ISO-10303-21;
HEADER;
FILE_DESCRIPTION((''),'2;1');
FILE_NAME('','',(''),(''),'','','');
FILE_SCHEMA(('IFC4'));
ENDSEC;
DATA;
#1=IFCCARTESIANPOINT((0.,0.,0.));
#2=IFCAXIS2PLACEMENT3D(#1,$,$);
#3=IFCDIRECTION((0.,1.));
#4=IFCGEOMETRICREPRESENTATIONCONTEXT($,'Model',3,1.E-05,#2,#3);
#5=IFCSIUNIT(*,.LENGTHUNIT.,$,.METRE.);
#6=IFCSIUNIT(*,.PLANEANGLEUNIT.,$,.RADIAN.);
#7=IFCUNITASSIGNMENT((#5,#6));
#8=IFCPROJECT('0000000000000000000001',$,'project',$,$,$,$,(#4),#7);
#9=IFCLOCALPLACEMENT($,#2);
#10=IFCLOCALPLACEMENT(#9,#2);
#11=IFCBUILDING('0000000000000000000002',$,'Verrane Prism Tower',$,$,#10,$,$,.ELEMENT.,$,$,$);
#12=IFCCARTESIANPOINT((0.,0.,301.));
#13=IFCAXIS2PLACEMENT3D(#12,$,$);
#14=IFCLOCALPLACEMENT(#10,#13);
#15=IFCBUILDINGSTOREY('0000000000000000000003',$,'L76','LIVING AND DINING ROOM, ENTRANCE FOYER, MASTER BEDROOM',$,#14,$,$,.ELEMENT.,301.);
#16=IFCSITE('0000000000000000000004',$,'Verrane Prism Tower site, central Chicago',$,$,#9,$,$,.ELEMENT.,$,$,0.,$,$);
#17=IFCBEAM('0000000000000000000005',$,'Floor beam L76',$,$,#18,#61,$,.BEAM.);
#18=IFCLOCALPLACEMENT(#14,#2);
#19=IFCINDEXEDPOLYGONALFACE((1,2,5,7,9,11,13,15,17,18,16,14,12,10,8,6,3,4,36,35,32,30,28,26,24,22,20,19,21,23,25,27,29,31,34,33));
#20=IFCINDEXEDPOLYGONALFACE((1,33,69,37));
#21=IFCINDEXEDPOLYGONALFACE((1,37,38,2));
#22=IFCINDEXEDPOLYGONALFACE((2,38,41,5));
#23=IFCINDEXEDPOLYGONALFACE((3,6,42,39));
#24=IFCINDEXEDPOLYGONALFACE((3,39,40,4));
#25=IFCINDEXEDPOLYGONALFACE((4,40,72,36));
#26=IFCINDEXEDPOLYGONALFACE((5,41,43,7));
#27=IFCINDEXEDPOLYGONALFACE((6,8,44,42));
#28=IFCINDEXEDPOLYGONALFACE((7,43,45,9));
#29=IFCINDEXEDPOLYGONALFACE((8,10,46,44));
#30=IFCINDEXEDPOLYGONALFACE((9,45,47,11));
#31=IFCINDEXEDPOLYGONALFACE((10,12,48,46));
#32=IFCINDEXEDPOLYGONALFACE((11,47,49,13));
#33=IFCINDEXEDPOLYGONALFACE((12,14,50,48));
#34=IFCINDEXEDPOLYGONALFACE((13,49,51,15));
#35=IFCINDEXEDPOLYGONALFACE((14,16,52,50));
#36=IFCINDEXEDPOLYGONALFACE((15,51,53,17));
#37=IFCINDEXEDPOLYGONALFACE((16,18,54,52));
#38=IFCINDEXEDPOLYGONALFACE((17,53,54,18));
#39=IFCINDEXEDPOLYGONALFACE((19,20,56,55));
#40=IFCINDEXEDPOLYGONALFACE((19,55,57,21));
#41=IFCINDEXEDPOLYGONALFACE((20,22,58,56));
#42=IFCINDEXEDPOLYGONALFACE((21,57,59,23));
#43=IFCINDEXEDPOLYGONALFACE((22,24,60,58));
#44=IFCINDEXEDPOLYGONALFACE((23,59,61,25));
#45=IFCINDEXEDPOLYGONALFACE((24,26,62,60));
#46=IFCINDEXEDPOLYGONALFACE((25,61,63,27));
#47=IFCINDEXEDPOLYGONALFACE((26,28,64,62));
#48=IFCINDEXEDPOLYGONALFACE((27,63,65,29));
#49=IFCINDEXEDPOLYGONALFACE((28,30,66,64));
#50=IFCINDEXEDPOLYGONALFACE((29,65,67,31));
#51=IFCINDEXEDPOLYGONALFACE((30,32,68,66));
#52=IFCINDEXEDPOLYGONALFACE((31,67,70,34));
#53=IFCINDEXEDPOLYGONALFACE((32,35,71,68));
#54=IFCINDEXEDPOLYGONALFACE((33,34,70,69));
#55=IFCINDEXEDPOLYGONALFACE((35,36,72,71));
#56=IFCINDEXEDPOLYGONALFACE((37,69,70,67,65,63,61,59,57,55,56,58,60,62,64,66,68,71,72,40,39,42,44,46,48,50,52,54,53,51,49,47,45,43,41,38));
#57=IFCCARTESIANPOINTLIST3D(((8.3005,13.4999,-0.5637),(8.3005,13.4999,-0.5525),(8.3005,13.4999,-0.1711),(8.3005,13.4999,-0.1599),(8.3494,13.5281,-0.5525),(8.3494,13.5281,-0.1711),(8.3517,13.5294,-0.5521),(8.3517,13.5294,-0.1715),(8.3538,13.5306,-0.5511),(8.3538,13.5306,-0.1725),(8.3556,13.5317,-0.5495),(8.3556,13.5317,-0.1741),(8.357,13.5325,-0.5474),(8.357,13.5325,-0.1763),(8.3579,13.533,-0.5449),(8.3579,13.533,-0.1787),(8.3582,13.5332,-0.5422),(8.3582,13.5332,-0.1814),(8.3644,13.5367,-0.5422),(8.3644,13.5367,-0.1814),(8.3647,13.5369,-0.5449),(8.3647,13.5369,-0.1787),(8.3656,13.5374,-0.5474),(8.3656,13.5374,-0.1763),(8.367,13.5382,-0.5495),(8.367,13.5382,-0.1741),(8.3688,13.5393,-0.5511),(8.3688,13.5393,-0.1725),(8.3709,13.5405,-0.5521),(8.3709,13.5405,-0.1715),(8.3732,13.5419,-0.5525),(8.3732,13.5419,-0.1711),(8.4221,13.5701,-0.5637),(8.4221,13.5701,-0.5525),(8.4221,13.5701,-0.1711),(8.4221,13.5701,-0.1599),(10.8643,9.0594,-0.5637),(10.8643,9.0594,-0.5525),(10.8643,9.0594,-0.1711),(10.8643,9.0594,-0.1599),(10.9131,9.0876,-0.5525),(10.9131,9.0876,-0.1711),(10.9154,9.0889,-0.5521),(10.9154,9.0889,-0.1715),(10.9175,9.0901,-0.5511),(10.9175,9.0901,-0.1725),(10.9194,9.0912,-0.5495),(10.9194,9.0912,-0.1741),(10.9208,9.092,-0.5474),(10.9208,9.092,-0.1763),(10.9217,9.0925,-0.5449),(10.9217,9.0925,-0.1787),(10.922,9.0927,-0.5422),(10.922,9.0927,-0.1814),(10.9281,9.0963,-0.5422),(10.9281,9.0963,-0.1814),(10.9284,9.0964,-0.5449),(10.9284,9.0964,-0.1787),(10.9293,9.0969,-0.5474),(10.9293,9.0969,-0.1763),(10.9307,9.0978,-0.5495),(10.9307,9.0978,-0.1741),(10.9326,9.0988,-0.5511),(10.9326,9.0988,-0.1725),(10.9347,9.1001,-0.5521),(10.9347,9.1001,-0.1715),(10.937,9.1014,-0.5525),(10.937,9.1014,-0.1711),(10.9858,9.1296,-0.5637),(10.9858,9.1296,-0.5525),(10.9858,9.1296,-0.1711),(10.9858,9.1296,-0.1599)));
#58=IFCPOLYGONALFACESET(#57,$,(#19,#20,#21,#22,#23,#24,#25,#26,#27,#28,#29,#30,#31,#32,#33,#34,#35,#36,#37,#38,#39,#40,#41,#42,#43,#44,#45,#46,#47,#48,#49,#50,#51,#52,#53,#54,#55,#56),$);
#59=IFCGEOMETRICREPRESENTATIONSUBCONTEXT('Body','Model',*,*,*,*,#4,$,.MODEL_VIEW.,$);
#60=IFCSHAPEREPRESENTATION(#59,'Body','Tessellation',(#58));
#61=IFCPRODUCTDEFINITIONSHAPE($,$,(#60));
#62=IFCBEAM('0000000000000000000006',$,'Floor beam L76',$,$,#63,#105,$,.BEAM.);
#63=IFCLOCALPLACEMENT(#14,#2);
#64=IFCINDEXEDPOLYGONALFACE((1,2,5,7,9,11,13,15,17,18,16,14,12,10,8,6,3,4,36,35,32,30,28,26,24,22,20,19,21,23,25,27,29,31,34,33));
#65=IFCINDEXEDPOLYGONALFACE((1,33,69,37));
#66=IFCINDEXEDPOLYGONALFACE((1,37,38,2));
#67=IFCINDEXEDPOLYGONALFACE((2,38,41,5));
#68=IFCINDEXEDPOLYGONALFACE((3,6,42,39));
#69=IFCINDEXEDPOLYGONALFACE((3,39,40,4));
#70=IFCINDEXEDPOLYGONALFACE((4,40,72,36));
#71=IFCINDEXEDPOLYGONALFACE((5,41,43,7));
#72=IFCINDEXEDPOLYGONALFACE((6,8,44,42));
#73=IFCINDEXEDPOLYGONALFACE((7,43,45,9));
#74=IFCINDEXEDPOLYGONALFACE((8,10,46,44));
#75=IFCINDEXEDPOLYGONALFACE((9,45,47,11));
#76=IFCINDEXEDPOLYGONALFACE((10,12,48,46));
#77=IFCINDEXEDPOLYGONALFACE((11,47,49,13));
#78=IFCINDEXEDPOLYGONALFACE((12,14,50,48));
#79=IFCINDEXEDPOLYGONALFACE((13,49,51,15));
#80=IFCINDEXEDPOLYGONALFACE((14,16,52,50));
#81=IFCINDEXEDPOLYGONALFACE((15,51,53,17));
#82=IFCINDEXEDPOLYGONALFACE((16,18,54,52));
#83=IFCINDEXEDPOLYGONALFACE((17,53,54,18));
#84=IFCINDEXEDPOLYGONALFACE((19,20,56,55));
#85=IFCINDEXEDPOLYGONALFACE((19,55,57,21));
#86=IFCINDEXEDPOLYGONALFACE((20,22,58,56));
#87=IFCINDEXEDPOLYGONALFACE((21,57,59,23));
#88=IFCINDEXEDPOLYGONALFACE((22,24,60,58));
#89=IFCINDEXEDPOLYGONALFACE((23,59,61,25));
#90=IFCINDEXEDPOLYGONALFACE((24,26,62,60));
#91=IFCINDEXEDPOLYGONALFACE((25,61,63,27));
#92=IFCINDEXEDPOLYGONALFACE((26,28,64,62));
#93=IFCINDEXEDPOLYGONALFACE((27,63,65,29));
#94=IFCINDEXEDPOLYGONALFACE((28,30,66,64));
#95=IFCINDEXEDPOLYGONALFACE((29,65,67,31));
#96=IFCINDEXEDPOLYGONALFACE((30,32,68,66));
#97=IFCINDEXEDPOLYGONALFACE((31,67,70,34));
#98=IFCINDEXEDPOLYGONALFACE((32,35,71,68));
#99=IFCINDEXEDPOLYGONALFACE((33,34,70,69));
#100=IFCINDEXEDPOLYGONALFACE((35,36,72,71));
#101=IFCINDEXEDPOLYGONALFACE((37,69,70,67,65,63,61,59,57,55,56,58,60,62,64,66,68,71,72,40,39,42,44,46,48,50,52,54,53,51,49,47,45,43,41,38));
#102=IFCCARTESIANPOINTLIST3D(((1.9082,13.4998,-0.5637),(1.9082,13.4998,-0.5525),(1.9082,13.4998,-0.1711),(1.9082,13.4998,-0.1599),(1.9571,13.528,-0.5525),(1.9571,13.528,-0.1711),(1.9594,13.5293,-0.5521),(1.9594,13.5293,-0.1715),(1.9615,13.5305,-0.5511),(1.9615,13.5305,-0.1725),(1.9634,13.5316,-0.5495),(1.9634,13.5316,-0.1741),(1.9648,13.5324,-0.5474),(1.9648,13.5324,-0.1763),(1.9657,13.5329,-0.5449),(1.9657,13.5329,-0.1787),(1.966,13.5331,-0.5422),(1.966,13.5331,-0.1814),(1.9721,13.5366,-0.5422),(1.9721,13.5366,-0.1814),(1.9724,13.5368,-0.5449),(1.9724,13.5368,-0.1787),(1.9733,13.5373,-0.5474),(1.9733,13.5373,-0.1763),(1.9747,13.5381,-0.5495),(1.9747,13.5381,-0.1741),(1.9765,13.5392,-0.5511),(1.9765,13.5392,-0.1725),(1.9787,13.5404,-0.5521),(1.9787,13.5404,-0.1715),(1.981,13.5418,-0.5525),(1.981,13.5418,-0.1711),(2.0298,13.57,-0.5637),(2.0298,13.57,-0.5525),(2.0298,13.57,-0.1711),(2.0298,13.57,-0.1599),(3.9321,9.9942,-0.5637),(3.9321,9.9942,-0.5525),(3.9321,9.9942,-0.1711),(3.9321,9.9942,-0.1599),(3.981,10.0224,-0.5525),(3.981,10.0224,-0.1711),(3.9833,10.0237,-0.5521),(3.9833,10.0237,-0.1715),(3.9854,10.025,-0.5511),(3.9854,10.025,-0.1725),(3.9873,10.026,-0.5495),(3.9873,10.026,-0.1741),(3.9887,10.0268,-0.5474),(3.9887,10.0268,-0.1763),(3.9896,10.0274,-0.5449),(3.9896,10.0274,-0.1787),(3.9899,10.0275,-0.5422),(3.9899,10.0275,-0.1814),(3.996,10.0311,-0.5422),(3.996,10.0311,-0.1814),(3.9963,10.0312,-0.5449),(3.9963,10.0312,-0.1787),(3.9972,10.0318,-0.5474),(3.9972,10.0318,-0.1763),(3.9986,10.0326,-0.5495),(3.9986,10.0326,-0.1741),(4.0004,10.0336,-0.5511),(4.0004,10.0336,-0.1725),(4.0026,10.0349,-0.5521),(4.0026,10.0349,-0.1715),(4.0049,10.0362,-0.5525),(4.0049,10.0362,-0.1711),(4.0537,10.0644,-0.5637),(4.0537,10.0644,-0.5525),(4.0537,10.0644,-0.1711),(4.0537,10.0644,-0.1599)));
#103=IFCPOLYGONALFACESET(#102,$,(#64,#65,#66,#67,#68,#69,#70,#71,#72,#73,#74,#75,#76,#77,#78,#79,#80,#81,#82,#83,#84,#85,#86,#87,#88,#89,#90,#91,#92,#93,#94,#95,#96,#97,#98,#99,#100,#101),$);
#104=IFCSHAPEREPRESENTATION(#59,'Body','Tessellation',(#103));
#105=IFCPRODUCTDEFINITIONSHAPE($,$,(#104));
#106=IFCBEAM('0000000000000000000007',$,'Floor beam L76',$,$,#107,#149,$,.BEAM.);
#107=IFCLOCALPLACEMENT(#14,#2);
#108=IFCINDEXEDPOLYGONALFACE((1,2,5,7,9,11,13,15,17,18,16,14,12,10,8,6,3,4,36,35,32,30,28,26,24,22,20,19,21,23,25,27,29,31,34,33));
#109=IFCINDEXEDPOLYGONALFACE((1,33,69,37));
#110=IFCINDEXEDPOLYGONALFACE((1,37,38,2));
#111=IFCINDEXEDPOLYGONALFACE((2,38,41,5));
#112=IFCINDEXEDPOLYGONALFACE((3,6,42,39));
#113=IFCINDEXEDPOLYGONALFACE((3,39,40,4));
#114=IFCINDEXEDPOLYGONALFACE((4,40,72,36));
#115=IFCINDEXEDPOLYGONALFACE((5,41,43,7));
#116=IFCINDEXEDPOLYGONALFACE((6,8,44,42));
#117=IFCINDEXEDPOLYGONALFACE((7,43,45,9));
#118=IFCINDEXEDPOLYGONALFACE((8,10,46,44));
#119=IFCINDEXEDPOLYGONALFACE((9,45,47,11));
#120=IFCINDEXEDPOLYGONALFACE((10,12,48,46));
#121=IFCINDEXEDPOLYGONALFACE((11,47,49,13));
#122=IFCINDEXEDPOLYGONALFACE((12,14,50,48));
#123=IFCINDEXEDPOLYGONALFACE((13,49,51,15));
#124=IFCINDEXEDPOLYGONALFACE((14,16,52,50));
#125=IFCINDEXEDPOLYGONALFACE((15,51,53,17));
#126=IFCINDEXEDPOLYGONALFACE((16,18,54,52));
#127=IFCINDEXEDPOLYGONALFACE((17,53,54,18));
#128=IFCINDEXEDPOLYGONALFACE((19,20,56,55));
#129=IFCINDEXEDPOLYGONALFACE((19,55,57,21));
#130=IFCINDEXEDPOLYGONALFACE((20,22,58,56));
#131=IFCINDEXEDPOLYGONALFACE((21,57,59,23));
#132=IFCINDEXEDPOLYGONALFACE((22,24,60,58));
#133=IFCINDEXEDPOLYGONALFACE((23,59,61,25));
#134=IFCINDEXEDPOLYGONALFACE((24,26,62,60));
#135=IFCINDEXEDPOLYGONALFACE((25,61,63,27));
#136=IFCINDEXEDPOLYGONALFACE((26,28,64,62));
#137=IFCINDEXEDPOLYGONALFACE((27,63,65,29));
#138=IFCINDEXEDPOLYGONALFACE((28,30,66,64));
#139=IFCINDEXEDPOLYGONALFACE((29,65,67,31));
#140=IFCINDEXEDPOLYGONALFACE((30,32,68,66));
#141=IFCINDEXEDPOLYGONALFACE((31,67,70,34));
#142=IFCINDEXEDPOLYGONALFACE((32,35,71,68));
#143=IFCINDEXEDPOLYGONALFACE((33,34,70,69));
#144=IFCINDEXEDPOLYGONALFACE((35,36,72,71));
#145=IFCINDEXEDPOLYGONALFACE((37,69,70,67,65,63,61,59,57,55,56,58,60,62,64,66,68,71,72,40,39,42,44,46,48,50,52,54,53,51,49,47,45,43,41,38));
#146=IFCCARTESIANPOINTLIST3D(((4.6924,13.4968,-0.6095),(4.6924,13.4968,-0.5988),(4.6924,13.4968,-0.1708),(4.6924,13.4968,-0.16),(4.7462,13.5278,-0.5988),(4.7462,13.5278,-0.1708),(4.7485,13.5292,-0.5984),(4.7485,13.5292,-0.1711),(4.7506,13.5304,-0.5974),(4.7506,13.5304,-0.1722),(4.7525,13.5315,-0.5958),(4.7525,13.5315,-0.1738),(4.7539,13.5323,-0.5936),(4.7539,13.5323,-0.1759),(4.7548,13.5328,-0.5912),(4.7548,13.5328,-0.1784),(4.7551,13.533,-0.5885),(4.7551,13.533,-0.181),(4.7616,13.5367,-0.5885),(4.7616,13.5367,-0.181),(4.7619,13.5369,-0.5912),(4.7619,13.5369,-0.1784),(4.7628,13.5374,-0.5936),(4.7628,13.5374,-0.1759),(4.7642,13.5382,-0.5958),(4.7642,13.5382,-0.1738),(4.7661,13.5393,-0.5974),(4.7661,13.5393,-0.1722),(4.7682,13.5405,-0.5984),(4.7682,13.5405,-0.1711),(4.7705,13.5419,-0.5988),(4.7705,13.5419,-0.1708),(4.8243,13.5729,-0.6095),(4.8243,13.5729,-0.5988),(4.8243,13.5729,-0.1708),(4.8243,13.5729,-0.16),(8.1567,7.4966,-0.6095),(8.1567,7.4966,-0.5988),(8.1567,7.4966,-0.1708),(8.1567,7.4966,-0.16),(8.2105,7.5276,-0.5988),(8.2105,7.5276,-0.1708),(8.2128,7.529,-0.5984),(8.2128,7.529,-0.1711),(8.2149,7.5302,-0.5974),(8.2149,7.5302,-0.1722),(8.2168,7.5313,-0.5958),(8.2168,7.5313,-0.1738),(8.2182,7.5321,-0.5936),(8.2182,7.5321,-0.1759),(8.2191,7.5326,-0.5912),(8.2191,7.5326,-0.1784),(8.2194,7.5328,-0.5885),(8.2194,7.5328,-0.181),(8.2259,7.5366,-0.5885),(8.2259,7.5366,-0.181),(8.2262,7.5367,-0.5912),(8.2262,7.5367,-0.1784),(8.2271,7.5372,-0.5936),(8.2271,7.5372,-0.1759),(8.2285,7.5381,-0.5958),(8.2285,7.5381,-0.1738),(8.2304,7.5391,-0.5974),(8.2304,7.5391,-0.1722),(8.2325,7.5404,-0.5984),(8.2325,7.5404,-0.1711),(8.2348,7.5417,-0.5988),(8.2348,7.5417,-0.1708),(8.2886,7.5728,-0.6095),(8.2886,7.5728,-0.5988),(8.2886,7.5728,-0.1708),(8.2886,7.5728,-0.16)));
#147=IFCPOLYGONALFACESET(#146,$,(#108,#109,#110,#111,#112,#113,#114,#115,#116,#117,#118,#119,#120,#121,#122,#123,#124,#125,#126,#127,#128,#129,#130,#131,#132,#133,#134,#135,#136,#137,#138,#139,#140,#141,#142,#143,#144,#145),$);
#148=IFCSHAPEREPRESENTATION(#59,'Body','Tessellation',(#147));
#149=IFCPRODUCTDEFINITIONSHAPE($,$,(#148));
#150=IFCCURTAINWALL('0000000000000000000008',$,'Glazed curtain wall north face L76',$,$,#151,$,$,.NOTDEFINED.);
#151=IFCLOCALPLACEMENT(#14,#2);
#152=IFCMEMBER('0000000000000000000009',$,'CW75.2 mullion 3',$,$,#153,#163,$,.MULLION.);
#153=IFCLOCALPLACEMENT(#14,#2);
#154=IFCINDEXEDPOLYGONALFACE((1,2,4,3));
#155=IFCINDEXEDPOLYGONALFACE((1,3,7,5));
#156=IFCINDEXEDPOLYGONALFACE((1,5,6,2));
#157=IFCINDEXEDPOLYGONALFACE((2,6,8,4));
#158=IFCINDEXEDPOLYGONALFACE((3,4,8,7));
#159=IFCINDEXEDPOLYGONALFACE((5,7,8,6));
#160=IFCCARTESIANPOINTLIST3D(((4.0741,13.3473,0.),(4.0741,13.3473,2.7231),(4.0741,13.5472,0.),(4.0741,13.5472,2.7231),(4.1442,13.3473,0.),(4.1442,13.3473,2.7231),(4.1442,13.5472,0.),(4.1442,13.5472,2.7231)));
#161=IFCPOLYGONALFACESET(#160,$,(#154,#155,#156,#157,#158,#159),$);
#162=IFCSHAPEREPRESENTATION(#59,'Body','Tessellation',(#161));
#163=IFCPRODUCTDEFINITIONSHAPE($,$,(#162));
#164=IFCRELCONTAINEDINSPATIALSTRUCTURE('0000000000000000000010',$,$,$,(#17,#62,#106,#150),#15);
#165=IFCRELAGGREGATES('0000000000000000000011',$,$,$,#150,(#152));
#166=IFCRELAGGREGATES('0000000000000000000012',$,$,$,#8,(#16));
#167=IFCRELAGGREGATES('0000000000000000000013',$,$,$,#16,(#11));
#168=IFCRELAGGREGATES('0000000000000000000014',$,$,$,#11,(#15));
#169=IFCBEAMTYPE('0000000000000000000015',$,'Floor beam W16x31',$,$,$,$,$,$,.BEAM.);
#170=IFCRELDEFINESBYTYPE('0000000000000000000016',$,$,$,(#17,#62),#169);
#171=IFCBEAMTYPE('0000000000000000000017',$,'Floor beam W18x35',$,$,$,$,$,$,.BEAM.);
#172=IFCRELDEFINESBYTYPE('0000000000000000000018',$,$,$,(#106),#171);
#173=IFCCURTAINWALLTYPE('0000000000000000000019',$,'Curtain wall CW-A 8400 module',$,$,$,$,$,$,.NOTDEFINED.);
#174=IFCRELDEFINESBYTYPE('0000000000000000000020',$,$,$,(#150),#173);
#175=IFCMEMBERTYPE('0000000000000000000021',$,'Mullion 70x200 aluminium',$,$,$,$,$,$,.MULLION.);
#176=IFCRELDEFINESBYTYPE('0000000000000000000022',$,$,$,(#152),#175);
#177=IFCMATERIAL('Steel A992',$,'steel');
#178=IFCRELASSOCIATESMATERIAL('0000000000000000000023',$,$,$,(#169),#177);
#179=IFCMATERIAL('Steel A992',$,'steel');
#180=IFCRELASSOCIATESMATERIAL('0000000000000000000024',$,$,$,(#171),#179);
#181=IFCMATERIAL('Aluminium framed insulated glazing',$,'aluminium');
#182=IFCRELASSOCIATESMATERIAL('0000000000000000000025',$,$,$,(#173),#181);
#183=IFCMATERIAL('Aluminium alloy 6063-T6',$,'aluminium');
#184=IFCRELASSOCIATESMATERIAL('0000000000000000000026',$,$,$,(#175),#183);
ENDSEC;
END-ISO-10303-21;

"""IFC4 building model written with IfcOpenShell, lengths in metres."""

from ifc_helpers import new_model, si_unit, direction, frame, origin, origin_2d, place, context, subcontext, project, spatial, rectangle, i_section, extrude, material, material_profile, profile_set, type_object, element, aggregate, save


model = new_model("IFC4")

# Units and contexts
model_context = context("Model", 3, precision=1e-05, world=origin(), true_north=direction((0.0, 1.0)))
body_context = subcontext(model_context, "Body", "Model", "MODEL_VIEW")
ifc_project = project(units=[si_unit("LENGTHUNIT", "METRE"), si_unit("PLANEANGLEUNIT", "RADIAN")], contexts=[model_context])

# Site, building, storey
site_placement = place(None, origin())
site = spatial("IfcSite", under=ifc_project, at=site_placement, Name="Verrane Prism Tower site, central Chicago", CompositionType="ELEMENT", RefElevation=0.0)
building_placement = place(site_placement, origin())
building = spatial("IfcBuilding", under=site, at=building_placement, Name="Verrane Prism Tower", CompositionType="ELEMENT")
storey_placement = place(building_placement, frame((0.0, 0.0, 301.0)))
storey = spatial("IfcBuildingStorey", under=building, at=storey_placement, Name="L76", Description="LIVING AND DINING ROOM, ENTRANCE FOYER, MASTER BEDROOM", CompositionType="ELEMENT", Elevation=301.0)

# Beams
ifc_material_1 = material(Name="Steel A992", Category="steel")
ifc_material_profile_1 = material_profile(ifc_material_1, i_section(OverallWidth=0.1404, OverallDepth=0.4038, WebThickness=0.0071, FlangeThickness=0.0112, FilletRadius=0.0103, at=origin_2d()), Name="W16x31")
ifc_profile_set_1 = profile_set([ifc_material_profile_1], Name="Steel A992")
beam_type_1 = type_object("IfcBeamType", Name="Floor beam W16x31", PredefinedType="BEAM", material=ifc_profile_set_1)
beam_1_placement = place(storey_placement, frame((10.925, 9.0945, -0.3618), z_axis=(-0.500005, 0.866022, 0.0), x_axis=(-0.866022, -0.500005, 0.0)))
element("IfcBeam", 1, at=beam_1_placement, inside=storey, type_object=beam_type_1, Name="Floor beam L76", PredefinedType="BEAM", context=body_context, shape_type="SweptSolid", body=[
    extrude(i_section(OverallWidth=0.1404, OverallDepth=0.4038, WebThickness=0.0071, FlangeThickness=0.0112, FilletRadius=0.0103, at=origin_2d()), origin(), (0.0, 0.0, 1.0), 5.1274),
])
beam_2_placement = place(storey_placement, frame((3.9929, 10.0293, -0.3618), z_axis=(-0.499992, 0.86603, 0.0), x_axis=(-0.86603, -0.499992, 0.0)))
element("IfcBeam", 2, at=beam_2_placement, inside=storey, type_object=beam_type_1, Name="Floor beam L76", PredefinedType="BEAM", context=body_context, shape_type="SweptSolid", body=[
    extrude(i_section(OverallWidth=0.1404, OverallDepth=0.4038, WebThickness=0.0071, FlangeThickness=0.0112, FilletRadius=0.0103, at=origin_2d()), origin(), (0.0, 0.0, 1.0), 4.0479),
])
ifc_material_2 = material(Name="Steel A992", Category="steel")
ifc_material_profile_2 = material_profile(ifc_material_2, i_section(OverallWidth=0.1523, OverallDepth=0.4495, WebThickness=0.0076, FlangeThickness=0.0107, FilletRadius=0.0103, at=origin_2d()), Name="W18x35")
ifc_profile_set_2 = profile_set([ifc_material_profile_2], Name="Steel A992")
beam_type_2 = type_object("IfcBeamType", Name="Floor beam W18x35", PredefinedType="BEAM", material=ifc_profile_set_2)
beam_3_placement = place(storey_placement, frame((8.2227, 7.5347, -0.3848), z_axis=(-0.500012, 0.866018, 0.0), x_axis=(-0.866018, -0.500012, 0.0)))
element("IfcBeam", 3, at=beam_3_placement, inside=storey, type_object=beam_type_2, Name="Floor beam L76", PredefinedType="BEAM", context=body_context, shape_type="SweptSolid", body=[
    extrude(i_section(OverallWidth=0.1523, OverallDepth=0.4495, WebThickness=0.0076, FlangeThickness=0.0107, FilletRadius=0.0103, at=origin_2d()), origin(), (0.0, 0.0, 1.0), 6.9285),
])

# Curtain wall, member
ifc_material_3 = material(Name="Aluminium framed insulated glazing", Category="aluminium")
curtain_wall_type = type_object("IfcCurtainWallType", Name="Curtain wall CW-A 8400 module", PredefinedType="NOTDEFINED", material=ifc_material_3)
curtain_wall_placement = place(storey_placement, origin())
curtain_wall = element("IfcCurtainWall", 4, at=curtain_wall_placement, inside=storey, type_object=curtain_wall_type, Name="Glazed curtain wall north face L76", PredefinedType="NOTDEFINED")
ifc_material_4 = material(Name="Aluminium alloy 6063-T6", Category="aluminium")
ifc_material_profile_3 = material_profile(ifc_material_4, rectangle(XDim=0.2, YDim=0.0701, at=origin_2d()), Name="Mullion 70x200 aluminium")
ifc_profile_set_3 = profile_set([ifc_material_profile_3], Name="Aluminium alloy 6063-T6")
member_type_1 = type_object("IfcMemberType", Name="Mullion 70x200 aluminium", PredefinedType="MULLION", material=ifc_profile_set_3)
member_1_placement = place(storey_placement, frame((4.1091, 13.4473, 0.0), z_axis=(0.0, 0.0, 1.0), x_axis=(0.0, -1.0, 0.0)))
member_1 = element("IfcMember", 5, at=member_1_placement, type_object=member_type_1, Name="CW75.2 mullion 3", PredefinedType="MULLION", context=body_context, shape_type="SweptSolid", body=[
    extrude(rectangle(XDim=0.2, YDim=0.0701, at=origin_2d()), origin(), (0.0, 0.0, 1.0), 2.7231),
])

aggregate(curtain_wall, [member_1])

save(model, "model.ifc")
